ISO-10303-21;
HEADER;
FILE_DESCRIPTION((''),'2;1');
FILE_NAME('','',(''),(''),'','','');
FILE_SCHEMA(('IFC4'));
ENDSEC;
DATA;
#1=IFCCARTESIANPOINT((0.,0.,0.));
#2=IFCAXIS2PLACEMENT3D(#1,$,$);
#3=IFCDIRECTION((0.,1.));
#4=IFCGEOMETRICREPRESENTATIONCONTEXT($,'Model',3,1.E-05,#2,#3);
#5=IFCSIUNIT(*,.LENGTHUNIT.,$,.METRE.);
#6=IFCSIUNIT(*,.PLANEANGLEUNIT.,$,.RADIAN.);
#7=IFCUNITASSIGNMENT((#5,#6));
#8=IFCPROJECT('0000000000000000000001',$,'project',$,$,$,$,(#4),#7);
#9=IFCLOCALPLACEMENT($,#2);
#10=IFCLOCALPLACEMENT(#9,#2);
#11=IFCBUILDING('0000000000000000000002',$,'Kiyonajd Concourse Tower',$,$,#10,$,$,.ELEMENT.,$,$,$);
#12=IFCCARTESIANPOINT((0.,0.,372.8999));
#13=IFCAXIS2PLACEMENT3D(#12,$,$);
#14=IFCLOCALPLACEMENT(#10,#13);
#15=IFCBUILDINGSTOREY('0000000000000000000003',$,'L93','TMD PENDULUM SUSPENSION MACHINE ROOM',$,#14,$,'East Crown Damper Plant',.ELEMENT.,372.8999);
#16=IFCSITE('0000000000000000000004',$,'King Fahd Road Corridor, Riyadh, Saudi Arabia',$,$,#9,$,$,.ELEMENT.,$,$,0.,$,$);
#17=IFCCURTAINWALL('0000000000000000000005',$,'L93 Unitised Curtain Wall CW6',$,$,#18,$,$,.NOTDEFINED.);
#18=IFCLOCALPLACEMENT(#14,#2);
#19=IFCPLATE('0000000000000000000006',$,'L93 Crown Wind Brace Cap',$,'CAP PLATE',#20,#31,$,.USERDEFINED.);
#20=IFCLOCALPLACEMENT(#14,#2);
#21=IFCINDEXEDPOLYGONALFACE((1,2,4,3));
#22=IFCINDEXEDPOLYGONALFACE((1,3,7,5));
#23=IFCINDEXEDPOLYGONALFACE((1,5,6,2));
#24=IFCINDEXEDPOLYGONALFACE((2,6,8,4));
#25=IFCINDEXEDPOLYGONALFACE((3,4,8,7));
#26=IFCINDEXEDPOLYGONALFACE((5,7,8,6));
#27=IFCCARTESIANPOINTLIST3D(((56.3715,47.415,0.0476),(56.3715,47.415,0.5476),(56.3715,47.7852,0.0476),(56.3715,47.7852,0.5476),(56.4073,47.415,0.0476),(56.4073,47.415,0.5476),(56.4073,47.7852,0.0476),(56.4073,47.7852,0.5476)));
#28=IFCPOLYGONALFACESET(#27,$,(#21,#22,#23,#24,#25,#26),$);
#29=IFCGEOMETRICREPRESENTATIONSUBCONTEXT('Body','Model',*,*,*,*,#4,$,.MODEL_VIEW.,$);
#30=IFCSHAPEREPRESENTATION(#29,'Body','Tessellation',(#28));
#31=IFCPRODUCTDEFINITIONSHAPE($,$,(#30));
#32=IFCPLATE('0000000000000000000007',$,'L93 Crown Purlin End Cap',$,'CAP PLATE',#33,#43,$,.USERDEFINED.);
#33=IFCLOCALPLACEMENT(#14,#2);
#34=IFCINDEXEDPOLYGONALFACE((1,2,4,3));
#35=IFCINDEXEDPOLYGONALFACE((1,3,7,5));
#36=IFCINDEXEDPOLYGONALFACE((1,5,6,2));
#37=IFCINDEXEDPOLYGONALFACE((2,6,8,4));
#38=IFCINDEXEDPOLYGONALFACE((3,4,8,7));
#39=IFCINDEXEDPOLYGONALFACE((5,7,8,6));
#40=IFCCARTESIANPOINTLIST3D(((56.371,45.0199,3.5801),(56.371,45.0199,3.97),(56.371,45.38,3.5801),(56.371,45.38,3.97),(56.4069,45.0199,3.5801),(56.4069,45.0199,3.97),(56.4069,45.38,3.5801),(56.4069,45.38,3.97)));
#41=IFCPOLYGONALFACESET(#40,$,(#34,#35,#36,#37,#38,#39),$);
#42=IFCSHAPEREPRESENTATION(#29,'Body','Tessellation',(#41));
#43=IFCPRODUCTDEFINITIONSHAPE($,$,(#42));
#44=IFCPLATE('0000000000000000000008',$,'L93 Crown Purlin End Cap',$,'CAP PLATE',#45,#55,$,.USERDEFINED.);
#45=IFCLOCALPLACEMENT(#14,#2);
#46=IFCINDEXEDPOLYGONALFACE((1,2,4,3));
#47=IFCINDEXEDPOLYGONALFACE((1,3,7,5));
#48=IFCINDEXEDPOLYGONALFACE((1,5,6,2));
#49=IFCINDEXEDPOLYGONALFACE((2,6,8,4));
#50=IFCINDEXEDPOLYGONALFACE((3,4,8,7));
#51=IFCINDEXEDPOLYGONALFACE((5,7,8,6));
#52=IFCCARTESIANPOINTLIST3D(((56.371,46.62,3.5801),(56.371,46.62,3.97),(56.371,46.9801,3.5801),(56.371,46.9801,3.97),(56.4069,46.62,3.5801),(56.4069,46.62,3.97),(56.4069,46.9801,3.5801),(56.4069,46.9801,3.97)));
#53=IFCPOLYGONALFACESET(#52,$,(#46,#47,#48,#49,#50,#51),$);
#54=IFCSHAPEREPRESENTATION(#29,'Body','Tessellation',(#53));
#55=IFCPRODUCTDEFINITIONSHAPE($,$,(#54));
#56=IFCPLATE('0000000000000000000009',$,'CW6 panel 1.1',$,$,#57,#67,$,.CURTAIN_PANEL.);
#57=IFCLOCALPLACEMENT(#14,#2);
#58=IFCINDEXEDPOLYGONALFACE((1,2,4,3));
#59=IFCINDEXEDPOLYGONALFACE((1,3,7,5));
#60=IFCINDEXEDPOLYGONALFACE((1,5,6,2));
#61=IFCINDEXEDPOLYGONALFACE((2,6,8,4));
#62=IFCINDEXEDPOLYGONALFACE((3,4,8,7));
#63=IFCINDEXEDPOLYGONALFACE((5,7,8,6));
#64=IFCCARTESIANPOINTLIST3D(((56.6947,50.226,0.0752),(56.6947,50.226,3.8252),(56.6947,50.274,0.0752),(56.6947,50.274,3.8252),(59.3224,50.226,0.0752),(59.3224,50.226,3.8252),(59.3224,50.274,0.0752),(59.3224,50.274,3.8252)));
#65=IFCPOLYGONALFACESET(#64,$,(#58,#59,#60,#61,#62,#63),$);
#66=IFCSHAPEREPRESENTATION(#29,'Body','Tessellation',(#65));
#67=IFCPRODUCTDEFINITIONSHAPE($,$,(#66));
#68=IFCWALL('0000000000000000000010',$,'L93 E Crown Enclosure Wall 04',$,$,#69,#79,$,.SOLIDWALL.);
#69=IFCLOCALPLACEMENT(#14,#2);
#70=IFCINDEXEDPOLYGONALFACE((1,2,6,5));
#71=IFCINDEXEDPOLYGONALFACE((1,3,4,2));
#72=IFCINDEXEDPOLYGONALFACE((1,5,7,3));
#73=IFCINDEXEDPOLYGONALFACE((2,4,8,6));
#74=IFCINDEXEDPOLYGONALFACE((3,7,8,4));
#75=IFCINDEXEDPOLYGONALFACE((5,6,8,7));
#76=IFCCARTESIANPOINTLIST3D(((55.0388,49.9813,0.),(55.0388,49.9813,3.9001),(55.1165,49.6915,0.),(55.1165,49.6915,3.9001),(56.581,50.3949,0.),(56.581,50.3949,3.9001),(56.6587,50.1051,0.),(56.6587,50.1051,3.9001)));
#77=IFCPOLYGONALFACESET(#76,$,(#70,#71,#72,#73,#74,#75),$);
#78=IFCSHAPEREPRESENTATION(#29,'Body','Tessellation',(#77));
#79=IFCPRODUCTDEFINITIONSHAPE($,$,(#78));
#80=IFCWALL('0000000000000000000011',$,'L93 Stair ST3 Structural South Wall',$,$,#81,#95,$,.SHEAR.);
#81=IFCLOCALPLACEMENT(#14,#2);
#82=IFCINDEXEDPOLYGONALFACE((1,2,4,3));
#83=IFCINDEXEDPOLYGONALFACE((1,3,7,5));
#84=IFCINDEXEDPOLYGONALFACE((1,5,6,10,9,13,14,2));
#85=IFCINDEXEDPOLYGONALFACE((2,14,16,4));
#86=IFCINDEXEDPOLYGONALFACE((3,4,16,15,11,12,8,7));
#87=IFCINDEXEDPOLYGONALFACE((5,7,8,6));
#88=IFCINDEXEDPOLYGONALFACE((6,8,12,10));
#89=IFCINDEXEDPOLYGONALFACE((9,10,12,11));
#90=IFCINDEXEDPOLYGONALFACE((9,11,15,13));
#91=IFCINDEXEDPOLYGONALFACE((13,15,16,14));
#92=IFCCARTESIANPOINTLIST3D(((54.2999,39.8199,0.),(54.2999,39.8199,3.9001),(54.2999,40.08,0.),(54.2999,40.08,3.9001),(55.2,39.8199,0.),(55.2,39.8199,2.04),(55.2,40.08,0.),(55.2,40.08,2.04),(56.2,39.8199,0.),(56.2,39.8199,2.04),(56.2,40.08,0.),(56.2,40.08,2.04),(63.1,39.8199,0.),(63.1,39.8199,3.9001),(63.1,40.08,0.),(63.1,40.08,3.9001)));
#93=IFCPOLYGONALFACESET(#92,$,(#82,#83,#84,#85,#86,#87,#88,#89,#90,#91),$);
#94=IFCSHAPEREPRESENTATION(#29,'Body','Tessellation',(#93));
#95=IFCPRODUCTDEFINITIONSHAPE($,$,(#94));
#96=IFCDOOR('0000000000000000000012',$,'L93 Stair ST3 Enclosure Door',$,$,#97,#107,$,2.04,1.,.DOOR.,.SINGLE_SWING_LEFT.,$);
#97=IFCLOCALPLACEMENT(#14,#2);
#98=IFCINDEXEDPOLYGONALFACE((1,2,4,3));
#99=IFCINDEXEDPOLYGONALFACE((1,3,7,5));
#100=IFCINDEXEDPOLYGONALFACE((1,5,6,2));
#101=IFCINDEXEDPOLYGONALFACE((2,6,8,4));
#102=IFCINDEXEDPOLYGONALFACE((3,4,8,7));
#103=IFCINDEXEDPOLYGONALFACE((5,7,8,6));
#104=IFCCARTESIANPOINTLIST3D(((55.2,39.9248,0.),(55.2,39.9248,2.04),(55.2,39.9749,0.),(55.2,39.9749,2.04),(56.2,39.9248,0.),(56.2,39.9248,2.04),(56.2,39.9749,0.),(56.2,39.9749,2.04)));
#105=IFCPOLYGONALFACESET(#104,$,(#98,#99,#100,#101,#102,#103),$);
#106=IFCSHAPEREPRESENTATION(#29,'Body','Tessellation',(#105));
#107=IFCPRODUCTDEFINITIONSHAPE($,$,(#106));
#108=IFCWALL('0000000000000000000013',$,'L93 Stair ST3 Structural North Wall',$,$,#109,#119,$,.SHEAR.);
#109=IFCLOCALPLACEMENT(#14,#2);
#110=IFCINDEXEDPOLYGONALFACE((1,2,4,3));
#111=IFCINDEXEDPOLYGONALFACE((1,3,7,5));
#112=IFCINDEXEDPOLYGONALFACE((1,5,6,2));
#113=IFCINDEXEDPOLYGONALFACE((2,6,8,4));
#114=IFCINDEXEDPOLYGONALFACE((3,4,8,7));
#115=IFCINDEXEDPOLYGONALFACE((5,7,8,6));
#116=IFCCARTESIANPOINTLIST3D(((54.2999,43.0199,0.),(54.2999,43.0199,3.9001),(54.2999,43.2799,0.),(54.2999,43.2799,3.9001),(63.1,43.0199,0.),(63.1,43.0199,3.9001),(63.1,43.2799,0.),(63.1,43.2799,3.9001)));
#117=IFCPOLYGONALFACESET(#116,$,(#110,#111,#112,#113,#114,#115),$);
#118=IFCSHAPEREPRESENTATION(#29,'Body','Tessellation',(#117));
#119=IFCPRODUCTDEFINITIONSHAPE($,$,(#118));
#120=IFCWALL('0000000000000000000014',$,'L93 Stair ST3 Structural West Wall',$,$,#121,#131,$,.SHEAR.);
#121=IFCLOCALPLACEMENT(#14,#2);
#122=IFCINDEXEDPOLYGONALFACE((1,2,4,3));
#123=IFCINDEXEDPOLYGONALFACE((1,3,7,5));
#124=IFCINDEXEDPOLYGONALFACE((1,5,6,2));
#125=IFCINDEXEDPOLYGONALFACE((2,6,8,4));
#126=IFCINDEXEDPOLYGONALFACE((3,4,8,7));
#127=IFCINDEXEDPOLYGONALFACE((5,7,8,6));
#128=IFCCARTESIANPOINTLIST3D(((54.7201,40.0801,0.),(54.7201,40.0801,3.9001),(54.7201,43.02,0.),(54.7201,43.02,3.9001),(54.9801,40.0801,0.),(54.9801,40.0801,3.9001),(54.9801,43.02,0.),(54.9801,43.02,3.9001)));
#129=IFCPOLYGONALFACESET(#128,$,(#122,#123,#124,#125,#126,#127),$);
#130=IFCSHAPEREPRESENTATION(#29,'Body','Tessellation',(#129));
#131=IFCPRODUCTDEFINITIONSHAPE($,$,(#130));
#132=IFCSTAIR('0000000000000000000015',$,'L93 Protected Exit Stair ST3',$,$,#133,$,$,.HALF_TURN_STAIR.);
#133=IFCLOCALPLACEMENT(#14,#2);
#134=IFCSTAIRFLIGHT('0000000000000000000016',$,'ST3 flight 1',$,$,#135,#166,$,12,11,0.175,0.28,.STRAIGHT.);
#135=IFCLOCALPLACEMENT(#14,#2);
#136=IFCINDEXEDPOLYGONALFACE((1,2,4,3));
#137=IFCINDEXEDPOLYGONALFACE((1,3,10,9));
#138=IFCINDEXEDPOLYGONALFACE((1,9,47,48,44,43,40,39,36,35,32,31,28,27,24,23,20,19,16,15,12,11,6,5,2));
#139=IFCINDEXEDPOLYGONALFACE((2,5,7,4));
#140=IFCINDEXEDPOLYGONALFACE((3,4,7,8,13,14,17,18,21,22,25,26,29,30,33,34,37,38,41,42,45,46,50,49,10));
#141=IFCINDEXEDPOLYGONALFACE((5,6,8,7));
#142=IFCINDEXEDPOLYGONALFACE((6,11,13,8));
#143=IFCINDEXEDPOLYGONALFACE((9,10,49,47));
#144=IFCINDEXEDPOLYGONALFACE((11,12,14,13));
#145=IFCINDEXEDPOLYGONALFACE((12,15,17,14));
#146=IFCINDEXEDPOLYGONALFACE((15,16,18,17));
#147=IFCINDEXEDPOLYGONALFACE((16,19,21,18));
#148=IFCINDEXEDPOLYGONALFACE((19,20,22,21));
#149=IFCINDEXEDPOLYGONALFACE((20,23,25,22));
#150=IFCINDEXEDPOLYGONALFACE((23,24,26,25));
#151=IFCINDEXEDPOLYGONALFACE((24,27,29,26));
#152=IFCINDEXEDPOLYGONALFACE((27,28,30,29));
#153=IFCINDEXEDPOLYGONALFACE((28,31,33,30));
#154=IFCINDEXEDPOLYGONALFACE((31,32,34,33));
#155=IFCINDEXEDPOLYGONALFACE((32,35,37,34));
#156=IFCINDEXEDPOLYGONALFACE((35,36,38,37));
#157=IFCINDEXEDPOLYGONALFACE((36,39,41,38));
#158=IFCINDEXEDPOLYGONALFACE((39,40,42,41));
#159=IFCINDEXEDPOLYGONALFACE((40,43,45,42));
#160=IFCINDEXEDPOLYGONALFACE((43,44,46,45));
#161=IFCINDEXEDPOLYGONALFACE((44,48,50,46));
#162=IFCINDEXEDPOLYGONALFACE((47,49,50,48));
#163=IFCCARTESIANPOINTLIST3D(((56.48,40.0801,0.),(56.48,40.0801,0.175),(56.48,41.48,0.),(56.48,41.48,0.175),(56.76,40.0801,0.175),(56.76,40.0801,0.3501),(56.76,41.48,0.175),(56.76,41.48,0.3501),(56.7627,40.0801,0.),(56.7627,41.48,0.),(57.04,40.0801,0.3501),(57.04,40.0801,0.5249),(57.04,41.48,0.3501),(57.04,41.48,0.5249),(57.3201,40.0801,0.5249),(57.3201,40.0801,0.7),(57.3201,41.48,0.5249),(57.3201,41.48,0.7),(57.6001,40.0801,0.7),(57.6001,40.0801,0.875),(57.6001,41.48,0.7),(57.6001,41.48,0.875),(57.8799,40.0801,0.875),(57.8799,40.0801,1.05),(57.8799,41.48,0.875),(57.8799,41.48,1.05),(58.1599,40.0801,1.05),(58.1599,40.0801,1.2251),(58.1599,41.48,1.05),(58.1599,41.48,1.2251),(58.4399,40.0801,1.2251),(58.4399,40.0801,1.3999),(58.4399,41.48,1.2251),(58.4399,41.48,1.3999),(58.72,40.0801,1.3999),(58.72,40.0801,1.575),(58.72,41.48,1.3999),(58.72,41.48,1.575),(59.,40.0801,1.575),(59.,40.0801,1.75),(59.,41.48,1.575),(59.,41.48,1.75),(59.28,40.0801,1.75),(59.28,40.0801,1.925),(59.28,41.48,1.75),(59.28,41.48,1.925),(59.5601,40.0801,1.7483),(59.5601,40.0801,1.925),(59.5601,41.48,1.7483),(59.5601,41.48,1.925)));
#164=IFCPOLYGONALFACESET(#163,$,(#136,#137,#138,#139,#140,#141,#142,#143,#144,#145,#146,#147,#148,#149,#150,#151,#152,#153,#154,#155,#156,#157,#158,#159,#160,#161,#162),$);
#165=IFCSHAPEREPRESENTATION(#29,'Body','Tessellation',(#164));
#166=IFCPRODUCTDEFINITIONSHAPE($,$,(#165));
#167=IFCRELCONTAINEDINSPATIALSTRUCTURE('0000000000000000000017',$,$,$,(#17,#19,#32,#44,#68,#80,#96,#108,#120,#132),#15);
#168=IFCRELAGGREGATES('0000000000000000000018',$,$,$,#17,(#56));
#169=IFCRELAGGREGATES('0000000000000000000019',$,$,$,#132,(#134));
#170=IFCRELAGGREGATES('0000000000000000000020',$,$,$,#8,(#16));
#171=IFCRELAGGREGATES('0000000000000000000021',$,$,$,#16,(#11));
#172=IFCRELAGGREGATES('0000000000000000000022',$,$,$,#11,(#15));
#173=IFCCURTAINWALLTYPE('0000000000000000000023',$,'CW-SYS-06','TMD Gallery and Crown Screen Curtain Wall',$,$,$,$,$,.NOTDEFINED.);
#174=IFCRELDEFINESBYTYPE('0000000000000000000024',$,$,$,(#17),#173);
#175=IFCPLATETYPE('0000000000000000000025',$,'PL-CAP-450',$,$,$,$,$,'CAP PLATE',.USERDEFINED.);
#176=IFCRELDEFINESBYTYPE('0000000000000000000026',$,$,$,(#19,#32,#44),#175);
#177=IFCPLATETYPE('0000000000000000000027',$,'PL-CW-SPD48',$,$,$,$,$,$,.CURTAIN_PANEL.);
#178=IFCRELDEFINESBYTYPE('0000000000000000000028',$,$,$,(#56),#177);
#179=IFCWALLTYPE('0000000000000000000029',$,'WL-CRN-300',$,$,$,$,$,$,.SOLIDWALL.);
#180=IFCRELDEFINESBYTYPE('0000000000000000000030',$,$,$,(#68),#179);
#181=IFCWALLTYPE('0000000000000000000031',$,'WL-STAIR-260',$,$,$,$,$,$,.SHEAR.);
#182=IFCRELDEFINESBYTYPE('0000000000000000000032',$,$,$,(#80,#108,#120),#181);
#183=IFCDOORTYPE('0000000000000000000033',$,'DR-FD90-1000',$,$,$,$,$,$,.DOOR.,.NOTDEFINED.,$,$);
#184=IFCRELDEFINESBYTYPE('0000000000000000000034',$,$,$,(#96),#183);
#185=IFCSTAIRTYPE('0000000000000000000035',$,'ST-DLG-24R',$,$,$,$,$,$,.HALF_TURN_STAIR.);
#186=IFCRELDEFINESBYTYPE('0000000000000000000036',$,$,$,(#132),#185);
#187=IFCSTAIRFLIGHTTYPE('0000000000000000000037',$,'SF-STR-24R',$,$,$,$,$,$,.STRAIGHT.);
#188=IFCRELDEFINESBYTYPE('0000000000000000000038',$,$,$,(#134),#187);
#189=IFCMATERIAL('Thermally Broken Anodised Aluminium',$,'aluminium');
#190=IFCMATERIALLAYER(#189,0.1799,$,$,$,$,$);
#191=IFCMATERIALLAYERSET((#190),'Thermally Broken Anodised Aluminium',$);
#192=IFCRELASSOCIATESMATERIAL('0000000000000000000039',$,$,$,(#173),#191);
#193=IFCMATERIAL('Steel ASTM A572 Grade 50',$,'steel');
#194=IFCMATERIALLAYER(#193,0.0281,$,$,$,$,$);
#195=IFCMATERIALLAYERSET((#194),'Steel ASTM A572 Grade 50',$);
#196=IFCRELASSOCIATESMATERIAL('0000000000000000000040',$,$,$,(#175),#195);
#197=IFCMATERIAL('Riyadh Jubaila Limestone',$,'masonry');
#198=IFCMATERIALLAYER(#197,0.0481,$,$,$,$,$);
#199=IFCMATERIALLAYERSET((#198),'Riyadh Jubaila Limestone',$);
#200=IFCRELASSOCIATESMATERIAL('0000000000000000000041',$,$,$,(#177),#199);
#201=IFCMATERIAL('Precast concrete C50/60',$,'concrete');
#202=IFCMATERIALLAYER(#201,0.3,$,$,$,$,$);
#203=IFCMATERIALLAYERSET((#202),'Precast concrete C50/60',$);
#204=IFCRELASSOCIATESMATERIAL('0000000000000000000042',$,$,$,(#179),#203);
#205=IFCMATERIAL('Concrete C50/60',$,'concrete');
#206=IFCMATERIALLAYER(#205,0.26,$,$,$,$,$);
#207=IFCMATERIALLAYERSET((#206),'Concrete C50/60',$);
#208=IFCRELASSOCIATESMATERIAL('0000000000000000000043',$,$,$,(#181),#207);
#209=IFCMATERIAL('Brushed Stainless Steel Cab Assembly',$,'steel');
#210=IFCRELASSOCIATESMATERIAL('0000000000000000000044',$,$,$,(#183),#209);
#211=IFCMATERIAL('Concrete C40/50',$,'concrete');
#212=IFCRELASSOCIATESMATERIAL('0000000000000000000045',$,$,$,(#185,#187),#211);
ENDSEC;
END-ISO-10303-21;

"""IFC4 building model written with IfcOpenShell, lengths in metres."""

from ifc_helpers import new_model, si_unit, direction, frame, frame_2d, origin, origin_2d, place, context, subcontext, project, spatial, polyline, rectangle, outline, extrude, material, layer, layer_set, type_object, element, fill, aggregate, save


model = new_model("IFC4")

# Units and contexts
model_context = context("Model", 3, precision=1e-05, world=origin(), true_north=direction((0.0, 1.0)))
body_context = subcontext(model_context, "Body", "Model", "MODEL_VIEW")
ifc_project = project(units=[si_unit("LENGTHUNIT", "METRE"), si_unit("PLANEANGLEUNIT", "RADIAN")], contexts=[model_context])

# Site, building, storey
site_placement = place(None, origin())
site = spatial("IfcSite", under=ifc_project, at=site_placement, Name="King Fahd Road Corridor, Riyadh, Saudi Arabia", CompositionType="ELEMENT", RefElevation=0.0)
building_placement = place(site_placement, origin())
building = spatial("IfcBuilding", under=site, at=building_placement, Name="Kiyonajd Concourse Tower", CompositionType="ELEMENT")
storey_placement = place(building_placement, frame((0.0, 0.0, 372.8999)))
storey = spatial("IfcBuildingStorey", under=building, at=storey_placement, Name="L93", Description="TMD PENDULUM SUSPENSION MACHINE ROOM", LongName="East Crown Damper Plant", CompositionType="ELEMENT", Elevation=372.8999)

# Shared definitions
ifc_material_1 = material(Name="Steel ASTM A572 Grade 50", Category="steel")

# Shared definitions
ifc_material_2 = material(Name="Concrete C50/60", Category="concrete")

# Curtain wall
ifc_material_3 = material(Name="Thermally Broken Anodised Aluminium", Category="aluminium")
ifc_layer_1 = layer(ifc_material_3, 0.1799)
ifc_layer_set_1 = layer_set([ifc_layer_1], Name="Thermally Broken Anodised Aluminium")
curtain_wall_type = type_object("IfcCurtainWallType", Name="CW-SYS-06", Description="TMD Gallery and Crown Screen Curtain Wall", PredefinedType="NOTDEFINED", material=ifc_layer_set_1)
curtain_wall_placement = place(storey_placement, origin())
curtain_wall = element("IfcCurtainWall", 1, at=curtain_wall_placement, inside=storey, type_object=curtain_wall_type, Name="L93 Unitised Curtain Wall CW6", PredefinedType="NOTDEFINED")

# Plates
ifc_layer_2 = layer(ifc_material_1, 0.0281)
ifc_layer_set_2 = layer_set([ifc_layer_2], Name="Steel ASTM A572 Grade 50")
plate_type_1 = type_object("IfcPlateType", Name="PL-CAP-450", ElementType="CAP PLATE", PredefinedType="USERDEFINED", material=ifc_layer_set_2)
plate_1_placement = place(storey_placement, frame((56.3894, 47.6001, 0.0476), z_axis=(0.0, 0.0, 1.0), x_axis=(-1.0, 0.0, 0.0)))
element("IfcPlate", 2, at=plate_1_placement, inside=storey, type_object=plate_type_1, Name="L93 Crown Wind Brace Cap", ObjectType="CAP PLATE", PredefinedType="USERDEFINED", context=body_context, shape_type="SweptSolid", body=[
    extrude(rectangle(XDim=0.0359, YDim=0.3701, at=origin_2d()), origin(), (0.0, 0.0, 1.0), 0.5),
])
for number, where, z_axis, x_axis, name in (
    (3, (56.3889, 45.2, 3.5801), (0.0, 0.0, 1.0), (-1.0, 0.0, 0.0), "L93 Crown Purlin End Cap"),
    (4, (56.3889, 46.8, 3.5801), (0.0, 0.0, 1.0), (-1.0, 0.0, 0.0), "L93 Crown Purlin End Cap"),
):
    element("IfcPlate", number, at=place(storey_placement, frame(where, z_axis=z_axis, x_axis=x_axis)), inside=storey, type_object=plate_type_1, Name=name, ObjectType="CAP PLATE", PredefinedType="USERDEFINED", context=body_context, shape_type="SweptSolid", body=[
        extrude(rectangle(XDim=0.0359, YDim=0.3601, at=origin_2d()), origin(), (0.0, 0.0, 1.0), 0.3899),
    ])

# Plate
ifc_material_4 = material(Name="Riyadh Jubaila Limestone", Category="masonry")
ifc_layer_3 = layer(ifc_material_4, 0.0481)
ifc_layer_set_3 = layer_set([ifc_layer_3], Name="Riyadh Jubaila Limestone")
plate_type_2 = type_object("IfcPlateType", Name="PL-CW-SPD48", PredefinedType="CURTAIN_PANEL", material=ifc_layer_set_3)
plate_2_placement = place(storey_placement, frame((58.0085, 50.25, 0.0752), z_axis=(0.0, 0.0, 1.0), x_axis=(1.0, 0.0, 0.0)))
plate_2 = element("IfcPlate", 5, at=plate_2_placement, type_object=plate_type_2, Name="CW6 panel 1.1", PredefinedType="CURTAIN_PANEL", context=body_context, shape_type="SweptSolid", body=[
    extrude(rectangle(XDim=2.6277, YDim=0.0481, at=origin_2d()), origin(), (0.0, 0.0, 1.0), 3.75),
])
aggregate(curtain_wall, [plate_2])

# Wall
ifc_material_5 = material(Name="Precast concrete C50/60", Category="concrete")
ifc_layer_4 = layer(ifc_material_5, 0.3)
ifc_layer_set_4 = layer_set([ifc_layer_4], Name="Precast concrete C50/60")
wall_type_1 = type_object("IfcWallType", Name="WL-CRN-300", PredefinedType="SOLIDWALL", material=ifc_layer_set_4)
wall_1_placement = place(storey_placement, frame((55.0776, 49.8364, 0.0), z_axis=(0.0, 0.0, 1.0), x_axis=(0.965874, 0.259014, 0.0)))
element("IfcWall", 6, at=wall_1_placement, inside=storey, type_object=wall_type_1, Name="L93 E Crown Enclosure Wall 04", PredefinedType="SOLIDWALL", context=body_context, shape_type="SweptSolid", body=[
    extrude(rectangle(XDim=1.5967, YDim=0.3, at=frame_2d((0.7983, 0.0))), origin(), (0.0, 0.0, 1.0), 3.9001),
])

# Wall, opening, door
ifc_layer_5 = layer(ifc_material_2, 0.26)
ifc_layer_set_5 = layer_set([ifc_layer_5], Name="Concrete C50/60")
wall_type_2 = type_object("IfcWallType", Name="WL-STAIR-260", PredefinedType="SHEAR", material=ifc_layer_set_5)
wall_2_placement = place(storey_placement, frame((54.3, 39.95, 0.0), z_axis=(0.0, 0.0, 1.0), x_axis=(1.0, 0.0, 0.0)))
wall_2 = element("IfcWall", 7, at=wall_2_placement, inside=storey, type_object=wall_type_2, Name="L93 Stair ST3 Structural South Wall", PredefinedType="SHEAR", context=body_context, shape_type="SweptSolid", body=[
    extrude(rectangle(XDim=8.8, YDim=0.26, at=frame_2d((4.3999, 0.0))), origin(), (0.0, 0.0, 1.0), 3.9001),
])
opening_placement = place(wall_2_placement, frame((0.8999, 0.0, 0.0)))
opening = element("IfcOpeningElement", 8, at=opening_placement, cuts=wall_2, PredefinedType="OPENING", context=body_context, shape_type="SweptSolid", body=[
    extrude(rectangle(XDim=1.0, YDim=2.04, at=frame_2d((0.5, 1.02))), frame((0.0, 0.1399, 0.0), z_axis=(0.0, -1.0, 0.0), x_axis=(1.0, 0.0, 0.0)), (0.0, 0.0, 1.0), 0.28),
])
ifc_material_6 = material(Name="Brushed Stainless Steel Cab Assembly", Category="steel")
door_type = type_object("IfcDoorType", Name="DR-FD90-1000", OperationType="NOTDEFINED", PredefinedType="DOOR", material=ifc_material_6)
door_placement = place(opening_placement, origin())
door = element("IfcDoor", 9, at=door_placement, inside=storey, type_object=door_type, Name="L93 Stair ST3 Enclosure Door", OperationType="SINGLE_SWING_LEFT", OverallHeight=2.04, OverallWidth=1.0, PredefinedType="DOOR", context=body_context, shape_type="SweptSolid", body=[
    extrude(rectangle(XDim=1.0, YDim=2.04, at=frame_2d((0.5, 1.02))), frame((0.0, 0.0249, 0.0), z_axis=(0.0, -1.0, 0.0), x_axis=(1.0, 0.0, 0.0)), (0.0, 0.0, 1.0), 0.05),
])
fill(opening, door)

# Walls
wall_3_placement = place(storey_placement, frame((54.3, 43.1499, 0.0), z_axis=(0.0, 0.0, 1.0), x_axis=(1.0, 0.0, 0.0)))
element("IfcWall", 10, at=wall_3_placement, inside=storey, type_object=wall_type_2, Name="L93 Stair ST3 Structural North Wall", PredefinedType="SHEAR", context=body_context, shape_type="SweptSolid", body=[
    extrude(rectangle(XDim=8.8, YDim=0.26, at=frame_2d((4.3999, 0.0))), origin(), (0.0, 0.0, 1.0), 3.9001),
])
wall_4_placement = place(storey_placement, frame((54.8501, 40.0801, 0.0), z_axis=(0.0, 0.0, 1.0), x_axis=(0.0, 1.0, 0.0)))
element("IfcWall", 11, at=wall_4_placement, inside=storey, type_object=wall_type_2, Name="L93 Stair ST3 Structural West Wall", PredefinedType="SHEAR", context=body_context, shape_type="SweptSolid", body=[
    extrude(rectangle(XDim=2.9399, YDim=0.26, at=frame_2d((1.47, 0.0))), origin(), (0.0, 0.0, 1.0), 3.9001),
])

# Stair, stair flight
ifc_material_7 = material(Name="Concrete C40/50", Category="concrete")
stair_type = type_object("IfcStairType", Name="ST-DLG-24R", PredefinedType="HALF_TURN_STAIR", material=ifc_material_7)
stair_placement = place(storey_placement, origin())
stair = element("IfcStair", 12, at=stair_placement, inside=storey, type_object=stair_type, Name="L93 Protected Exit Stair ST3", PredefinedType="HALF_TURN_STAIR")
stair_flight_type = type_object("IfcStairFlightType", Name="SF-STR-24R", PredefinedType="STRAIGHT", material=ifc_material_7)
stair_flight_placement = place(storey_placement, frame((56.48, 40.78, 0.0), z_axis=(0.0, 0.0, 1.0), x_axis=(1.0, 0.0, 0.0)))
stair_flight = element("IfcStairFlight", 13, at=stair_flight_placement, type_object=stair_flight_type, Name="ST3 flight 1", NumberOfRisers=12, NumberOfTreads=11, PredefinedType="STRAIGHT", RiserHeight=0.175, TreadLength=0.28, context=body_context, shape_type="SweptSolid", body=[
    extrude(outline(polyline([(0.0, 0.0), (0.0, 0.175), (0.28, 0.175), (0.28, 0.3501), (0.5601, 0.3501), (0.5601, 0.5249), (0.8401, 0.5249), (0.8401, 0.7), (1.1201, 0.7), (1.1201, 0.875), (1.3999, 0.875), (1.3999, 1.05), (1.6799, 1.05), (1.6799, 1.2251), (1.96, 1.2251), (1.96, 1.3999), (2.24, 1.3999), (2.24, 1.575), (2.52, 1.575), (2.52, 1.75), (2.8, 1.75), (2.8, 1.925), (3.0801, 1.925), (3.0801, 2.1001), (3.0801, 1.7483), (0.2827, 0.0), (0.0, 0.0)])), frame((0.0, 0.7, 0.0), z_axis=(0.0, -1.0, 0.0), x_axis=(1.0, 0.0, 0.0)), (0.0, 0.0, 1.0), 1.3999),
])
aggregate(stair, [stair_flight])

save(model, "model.ifc")
